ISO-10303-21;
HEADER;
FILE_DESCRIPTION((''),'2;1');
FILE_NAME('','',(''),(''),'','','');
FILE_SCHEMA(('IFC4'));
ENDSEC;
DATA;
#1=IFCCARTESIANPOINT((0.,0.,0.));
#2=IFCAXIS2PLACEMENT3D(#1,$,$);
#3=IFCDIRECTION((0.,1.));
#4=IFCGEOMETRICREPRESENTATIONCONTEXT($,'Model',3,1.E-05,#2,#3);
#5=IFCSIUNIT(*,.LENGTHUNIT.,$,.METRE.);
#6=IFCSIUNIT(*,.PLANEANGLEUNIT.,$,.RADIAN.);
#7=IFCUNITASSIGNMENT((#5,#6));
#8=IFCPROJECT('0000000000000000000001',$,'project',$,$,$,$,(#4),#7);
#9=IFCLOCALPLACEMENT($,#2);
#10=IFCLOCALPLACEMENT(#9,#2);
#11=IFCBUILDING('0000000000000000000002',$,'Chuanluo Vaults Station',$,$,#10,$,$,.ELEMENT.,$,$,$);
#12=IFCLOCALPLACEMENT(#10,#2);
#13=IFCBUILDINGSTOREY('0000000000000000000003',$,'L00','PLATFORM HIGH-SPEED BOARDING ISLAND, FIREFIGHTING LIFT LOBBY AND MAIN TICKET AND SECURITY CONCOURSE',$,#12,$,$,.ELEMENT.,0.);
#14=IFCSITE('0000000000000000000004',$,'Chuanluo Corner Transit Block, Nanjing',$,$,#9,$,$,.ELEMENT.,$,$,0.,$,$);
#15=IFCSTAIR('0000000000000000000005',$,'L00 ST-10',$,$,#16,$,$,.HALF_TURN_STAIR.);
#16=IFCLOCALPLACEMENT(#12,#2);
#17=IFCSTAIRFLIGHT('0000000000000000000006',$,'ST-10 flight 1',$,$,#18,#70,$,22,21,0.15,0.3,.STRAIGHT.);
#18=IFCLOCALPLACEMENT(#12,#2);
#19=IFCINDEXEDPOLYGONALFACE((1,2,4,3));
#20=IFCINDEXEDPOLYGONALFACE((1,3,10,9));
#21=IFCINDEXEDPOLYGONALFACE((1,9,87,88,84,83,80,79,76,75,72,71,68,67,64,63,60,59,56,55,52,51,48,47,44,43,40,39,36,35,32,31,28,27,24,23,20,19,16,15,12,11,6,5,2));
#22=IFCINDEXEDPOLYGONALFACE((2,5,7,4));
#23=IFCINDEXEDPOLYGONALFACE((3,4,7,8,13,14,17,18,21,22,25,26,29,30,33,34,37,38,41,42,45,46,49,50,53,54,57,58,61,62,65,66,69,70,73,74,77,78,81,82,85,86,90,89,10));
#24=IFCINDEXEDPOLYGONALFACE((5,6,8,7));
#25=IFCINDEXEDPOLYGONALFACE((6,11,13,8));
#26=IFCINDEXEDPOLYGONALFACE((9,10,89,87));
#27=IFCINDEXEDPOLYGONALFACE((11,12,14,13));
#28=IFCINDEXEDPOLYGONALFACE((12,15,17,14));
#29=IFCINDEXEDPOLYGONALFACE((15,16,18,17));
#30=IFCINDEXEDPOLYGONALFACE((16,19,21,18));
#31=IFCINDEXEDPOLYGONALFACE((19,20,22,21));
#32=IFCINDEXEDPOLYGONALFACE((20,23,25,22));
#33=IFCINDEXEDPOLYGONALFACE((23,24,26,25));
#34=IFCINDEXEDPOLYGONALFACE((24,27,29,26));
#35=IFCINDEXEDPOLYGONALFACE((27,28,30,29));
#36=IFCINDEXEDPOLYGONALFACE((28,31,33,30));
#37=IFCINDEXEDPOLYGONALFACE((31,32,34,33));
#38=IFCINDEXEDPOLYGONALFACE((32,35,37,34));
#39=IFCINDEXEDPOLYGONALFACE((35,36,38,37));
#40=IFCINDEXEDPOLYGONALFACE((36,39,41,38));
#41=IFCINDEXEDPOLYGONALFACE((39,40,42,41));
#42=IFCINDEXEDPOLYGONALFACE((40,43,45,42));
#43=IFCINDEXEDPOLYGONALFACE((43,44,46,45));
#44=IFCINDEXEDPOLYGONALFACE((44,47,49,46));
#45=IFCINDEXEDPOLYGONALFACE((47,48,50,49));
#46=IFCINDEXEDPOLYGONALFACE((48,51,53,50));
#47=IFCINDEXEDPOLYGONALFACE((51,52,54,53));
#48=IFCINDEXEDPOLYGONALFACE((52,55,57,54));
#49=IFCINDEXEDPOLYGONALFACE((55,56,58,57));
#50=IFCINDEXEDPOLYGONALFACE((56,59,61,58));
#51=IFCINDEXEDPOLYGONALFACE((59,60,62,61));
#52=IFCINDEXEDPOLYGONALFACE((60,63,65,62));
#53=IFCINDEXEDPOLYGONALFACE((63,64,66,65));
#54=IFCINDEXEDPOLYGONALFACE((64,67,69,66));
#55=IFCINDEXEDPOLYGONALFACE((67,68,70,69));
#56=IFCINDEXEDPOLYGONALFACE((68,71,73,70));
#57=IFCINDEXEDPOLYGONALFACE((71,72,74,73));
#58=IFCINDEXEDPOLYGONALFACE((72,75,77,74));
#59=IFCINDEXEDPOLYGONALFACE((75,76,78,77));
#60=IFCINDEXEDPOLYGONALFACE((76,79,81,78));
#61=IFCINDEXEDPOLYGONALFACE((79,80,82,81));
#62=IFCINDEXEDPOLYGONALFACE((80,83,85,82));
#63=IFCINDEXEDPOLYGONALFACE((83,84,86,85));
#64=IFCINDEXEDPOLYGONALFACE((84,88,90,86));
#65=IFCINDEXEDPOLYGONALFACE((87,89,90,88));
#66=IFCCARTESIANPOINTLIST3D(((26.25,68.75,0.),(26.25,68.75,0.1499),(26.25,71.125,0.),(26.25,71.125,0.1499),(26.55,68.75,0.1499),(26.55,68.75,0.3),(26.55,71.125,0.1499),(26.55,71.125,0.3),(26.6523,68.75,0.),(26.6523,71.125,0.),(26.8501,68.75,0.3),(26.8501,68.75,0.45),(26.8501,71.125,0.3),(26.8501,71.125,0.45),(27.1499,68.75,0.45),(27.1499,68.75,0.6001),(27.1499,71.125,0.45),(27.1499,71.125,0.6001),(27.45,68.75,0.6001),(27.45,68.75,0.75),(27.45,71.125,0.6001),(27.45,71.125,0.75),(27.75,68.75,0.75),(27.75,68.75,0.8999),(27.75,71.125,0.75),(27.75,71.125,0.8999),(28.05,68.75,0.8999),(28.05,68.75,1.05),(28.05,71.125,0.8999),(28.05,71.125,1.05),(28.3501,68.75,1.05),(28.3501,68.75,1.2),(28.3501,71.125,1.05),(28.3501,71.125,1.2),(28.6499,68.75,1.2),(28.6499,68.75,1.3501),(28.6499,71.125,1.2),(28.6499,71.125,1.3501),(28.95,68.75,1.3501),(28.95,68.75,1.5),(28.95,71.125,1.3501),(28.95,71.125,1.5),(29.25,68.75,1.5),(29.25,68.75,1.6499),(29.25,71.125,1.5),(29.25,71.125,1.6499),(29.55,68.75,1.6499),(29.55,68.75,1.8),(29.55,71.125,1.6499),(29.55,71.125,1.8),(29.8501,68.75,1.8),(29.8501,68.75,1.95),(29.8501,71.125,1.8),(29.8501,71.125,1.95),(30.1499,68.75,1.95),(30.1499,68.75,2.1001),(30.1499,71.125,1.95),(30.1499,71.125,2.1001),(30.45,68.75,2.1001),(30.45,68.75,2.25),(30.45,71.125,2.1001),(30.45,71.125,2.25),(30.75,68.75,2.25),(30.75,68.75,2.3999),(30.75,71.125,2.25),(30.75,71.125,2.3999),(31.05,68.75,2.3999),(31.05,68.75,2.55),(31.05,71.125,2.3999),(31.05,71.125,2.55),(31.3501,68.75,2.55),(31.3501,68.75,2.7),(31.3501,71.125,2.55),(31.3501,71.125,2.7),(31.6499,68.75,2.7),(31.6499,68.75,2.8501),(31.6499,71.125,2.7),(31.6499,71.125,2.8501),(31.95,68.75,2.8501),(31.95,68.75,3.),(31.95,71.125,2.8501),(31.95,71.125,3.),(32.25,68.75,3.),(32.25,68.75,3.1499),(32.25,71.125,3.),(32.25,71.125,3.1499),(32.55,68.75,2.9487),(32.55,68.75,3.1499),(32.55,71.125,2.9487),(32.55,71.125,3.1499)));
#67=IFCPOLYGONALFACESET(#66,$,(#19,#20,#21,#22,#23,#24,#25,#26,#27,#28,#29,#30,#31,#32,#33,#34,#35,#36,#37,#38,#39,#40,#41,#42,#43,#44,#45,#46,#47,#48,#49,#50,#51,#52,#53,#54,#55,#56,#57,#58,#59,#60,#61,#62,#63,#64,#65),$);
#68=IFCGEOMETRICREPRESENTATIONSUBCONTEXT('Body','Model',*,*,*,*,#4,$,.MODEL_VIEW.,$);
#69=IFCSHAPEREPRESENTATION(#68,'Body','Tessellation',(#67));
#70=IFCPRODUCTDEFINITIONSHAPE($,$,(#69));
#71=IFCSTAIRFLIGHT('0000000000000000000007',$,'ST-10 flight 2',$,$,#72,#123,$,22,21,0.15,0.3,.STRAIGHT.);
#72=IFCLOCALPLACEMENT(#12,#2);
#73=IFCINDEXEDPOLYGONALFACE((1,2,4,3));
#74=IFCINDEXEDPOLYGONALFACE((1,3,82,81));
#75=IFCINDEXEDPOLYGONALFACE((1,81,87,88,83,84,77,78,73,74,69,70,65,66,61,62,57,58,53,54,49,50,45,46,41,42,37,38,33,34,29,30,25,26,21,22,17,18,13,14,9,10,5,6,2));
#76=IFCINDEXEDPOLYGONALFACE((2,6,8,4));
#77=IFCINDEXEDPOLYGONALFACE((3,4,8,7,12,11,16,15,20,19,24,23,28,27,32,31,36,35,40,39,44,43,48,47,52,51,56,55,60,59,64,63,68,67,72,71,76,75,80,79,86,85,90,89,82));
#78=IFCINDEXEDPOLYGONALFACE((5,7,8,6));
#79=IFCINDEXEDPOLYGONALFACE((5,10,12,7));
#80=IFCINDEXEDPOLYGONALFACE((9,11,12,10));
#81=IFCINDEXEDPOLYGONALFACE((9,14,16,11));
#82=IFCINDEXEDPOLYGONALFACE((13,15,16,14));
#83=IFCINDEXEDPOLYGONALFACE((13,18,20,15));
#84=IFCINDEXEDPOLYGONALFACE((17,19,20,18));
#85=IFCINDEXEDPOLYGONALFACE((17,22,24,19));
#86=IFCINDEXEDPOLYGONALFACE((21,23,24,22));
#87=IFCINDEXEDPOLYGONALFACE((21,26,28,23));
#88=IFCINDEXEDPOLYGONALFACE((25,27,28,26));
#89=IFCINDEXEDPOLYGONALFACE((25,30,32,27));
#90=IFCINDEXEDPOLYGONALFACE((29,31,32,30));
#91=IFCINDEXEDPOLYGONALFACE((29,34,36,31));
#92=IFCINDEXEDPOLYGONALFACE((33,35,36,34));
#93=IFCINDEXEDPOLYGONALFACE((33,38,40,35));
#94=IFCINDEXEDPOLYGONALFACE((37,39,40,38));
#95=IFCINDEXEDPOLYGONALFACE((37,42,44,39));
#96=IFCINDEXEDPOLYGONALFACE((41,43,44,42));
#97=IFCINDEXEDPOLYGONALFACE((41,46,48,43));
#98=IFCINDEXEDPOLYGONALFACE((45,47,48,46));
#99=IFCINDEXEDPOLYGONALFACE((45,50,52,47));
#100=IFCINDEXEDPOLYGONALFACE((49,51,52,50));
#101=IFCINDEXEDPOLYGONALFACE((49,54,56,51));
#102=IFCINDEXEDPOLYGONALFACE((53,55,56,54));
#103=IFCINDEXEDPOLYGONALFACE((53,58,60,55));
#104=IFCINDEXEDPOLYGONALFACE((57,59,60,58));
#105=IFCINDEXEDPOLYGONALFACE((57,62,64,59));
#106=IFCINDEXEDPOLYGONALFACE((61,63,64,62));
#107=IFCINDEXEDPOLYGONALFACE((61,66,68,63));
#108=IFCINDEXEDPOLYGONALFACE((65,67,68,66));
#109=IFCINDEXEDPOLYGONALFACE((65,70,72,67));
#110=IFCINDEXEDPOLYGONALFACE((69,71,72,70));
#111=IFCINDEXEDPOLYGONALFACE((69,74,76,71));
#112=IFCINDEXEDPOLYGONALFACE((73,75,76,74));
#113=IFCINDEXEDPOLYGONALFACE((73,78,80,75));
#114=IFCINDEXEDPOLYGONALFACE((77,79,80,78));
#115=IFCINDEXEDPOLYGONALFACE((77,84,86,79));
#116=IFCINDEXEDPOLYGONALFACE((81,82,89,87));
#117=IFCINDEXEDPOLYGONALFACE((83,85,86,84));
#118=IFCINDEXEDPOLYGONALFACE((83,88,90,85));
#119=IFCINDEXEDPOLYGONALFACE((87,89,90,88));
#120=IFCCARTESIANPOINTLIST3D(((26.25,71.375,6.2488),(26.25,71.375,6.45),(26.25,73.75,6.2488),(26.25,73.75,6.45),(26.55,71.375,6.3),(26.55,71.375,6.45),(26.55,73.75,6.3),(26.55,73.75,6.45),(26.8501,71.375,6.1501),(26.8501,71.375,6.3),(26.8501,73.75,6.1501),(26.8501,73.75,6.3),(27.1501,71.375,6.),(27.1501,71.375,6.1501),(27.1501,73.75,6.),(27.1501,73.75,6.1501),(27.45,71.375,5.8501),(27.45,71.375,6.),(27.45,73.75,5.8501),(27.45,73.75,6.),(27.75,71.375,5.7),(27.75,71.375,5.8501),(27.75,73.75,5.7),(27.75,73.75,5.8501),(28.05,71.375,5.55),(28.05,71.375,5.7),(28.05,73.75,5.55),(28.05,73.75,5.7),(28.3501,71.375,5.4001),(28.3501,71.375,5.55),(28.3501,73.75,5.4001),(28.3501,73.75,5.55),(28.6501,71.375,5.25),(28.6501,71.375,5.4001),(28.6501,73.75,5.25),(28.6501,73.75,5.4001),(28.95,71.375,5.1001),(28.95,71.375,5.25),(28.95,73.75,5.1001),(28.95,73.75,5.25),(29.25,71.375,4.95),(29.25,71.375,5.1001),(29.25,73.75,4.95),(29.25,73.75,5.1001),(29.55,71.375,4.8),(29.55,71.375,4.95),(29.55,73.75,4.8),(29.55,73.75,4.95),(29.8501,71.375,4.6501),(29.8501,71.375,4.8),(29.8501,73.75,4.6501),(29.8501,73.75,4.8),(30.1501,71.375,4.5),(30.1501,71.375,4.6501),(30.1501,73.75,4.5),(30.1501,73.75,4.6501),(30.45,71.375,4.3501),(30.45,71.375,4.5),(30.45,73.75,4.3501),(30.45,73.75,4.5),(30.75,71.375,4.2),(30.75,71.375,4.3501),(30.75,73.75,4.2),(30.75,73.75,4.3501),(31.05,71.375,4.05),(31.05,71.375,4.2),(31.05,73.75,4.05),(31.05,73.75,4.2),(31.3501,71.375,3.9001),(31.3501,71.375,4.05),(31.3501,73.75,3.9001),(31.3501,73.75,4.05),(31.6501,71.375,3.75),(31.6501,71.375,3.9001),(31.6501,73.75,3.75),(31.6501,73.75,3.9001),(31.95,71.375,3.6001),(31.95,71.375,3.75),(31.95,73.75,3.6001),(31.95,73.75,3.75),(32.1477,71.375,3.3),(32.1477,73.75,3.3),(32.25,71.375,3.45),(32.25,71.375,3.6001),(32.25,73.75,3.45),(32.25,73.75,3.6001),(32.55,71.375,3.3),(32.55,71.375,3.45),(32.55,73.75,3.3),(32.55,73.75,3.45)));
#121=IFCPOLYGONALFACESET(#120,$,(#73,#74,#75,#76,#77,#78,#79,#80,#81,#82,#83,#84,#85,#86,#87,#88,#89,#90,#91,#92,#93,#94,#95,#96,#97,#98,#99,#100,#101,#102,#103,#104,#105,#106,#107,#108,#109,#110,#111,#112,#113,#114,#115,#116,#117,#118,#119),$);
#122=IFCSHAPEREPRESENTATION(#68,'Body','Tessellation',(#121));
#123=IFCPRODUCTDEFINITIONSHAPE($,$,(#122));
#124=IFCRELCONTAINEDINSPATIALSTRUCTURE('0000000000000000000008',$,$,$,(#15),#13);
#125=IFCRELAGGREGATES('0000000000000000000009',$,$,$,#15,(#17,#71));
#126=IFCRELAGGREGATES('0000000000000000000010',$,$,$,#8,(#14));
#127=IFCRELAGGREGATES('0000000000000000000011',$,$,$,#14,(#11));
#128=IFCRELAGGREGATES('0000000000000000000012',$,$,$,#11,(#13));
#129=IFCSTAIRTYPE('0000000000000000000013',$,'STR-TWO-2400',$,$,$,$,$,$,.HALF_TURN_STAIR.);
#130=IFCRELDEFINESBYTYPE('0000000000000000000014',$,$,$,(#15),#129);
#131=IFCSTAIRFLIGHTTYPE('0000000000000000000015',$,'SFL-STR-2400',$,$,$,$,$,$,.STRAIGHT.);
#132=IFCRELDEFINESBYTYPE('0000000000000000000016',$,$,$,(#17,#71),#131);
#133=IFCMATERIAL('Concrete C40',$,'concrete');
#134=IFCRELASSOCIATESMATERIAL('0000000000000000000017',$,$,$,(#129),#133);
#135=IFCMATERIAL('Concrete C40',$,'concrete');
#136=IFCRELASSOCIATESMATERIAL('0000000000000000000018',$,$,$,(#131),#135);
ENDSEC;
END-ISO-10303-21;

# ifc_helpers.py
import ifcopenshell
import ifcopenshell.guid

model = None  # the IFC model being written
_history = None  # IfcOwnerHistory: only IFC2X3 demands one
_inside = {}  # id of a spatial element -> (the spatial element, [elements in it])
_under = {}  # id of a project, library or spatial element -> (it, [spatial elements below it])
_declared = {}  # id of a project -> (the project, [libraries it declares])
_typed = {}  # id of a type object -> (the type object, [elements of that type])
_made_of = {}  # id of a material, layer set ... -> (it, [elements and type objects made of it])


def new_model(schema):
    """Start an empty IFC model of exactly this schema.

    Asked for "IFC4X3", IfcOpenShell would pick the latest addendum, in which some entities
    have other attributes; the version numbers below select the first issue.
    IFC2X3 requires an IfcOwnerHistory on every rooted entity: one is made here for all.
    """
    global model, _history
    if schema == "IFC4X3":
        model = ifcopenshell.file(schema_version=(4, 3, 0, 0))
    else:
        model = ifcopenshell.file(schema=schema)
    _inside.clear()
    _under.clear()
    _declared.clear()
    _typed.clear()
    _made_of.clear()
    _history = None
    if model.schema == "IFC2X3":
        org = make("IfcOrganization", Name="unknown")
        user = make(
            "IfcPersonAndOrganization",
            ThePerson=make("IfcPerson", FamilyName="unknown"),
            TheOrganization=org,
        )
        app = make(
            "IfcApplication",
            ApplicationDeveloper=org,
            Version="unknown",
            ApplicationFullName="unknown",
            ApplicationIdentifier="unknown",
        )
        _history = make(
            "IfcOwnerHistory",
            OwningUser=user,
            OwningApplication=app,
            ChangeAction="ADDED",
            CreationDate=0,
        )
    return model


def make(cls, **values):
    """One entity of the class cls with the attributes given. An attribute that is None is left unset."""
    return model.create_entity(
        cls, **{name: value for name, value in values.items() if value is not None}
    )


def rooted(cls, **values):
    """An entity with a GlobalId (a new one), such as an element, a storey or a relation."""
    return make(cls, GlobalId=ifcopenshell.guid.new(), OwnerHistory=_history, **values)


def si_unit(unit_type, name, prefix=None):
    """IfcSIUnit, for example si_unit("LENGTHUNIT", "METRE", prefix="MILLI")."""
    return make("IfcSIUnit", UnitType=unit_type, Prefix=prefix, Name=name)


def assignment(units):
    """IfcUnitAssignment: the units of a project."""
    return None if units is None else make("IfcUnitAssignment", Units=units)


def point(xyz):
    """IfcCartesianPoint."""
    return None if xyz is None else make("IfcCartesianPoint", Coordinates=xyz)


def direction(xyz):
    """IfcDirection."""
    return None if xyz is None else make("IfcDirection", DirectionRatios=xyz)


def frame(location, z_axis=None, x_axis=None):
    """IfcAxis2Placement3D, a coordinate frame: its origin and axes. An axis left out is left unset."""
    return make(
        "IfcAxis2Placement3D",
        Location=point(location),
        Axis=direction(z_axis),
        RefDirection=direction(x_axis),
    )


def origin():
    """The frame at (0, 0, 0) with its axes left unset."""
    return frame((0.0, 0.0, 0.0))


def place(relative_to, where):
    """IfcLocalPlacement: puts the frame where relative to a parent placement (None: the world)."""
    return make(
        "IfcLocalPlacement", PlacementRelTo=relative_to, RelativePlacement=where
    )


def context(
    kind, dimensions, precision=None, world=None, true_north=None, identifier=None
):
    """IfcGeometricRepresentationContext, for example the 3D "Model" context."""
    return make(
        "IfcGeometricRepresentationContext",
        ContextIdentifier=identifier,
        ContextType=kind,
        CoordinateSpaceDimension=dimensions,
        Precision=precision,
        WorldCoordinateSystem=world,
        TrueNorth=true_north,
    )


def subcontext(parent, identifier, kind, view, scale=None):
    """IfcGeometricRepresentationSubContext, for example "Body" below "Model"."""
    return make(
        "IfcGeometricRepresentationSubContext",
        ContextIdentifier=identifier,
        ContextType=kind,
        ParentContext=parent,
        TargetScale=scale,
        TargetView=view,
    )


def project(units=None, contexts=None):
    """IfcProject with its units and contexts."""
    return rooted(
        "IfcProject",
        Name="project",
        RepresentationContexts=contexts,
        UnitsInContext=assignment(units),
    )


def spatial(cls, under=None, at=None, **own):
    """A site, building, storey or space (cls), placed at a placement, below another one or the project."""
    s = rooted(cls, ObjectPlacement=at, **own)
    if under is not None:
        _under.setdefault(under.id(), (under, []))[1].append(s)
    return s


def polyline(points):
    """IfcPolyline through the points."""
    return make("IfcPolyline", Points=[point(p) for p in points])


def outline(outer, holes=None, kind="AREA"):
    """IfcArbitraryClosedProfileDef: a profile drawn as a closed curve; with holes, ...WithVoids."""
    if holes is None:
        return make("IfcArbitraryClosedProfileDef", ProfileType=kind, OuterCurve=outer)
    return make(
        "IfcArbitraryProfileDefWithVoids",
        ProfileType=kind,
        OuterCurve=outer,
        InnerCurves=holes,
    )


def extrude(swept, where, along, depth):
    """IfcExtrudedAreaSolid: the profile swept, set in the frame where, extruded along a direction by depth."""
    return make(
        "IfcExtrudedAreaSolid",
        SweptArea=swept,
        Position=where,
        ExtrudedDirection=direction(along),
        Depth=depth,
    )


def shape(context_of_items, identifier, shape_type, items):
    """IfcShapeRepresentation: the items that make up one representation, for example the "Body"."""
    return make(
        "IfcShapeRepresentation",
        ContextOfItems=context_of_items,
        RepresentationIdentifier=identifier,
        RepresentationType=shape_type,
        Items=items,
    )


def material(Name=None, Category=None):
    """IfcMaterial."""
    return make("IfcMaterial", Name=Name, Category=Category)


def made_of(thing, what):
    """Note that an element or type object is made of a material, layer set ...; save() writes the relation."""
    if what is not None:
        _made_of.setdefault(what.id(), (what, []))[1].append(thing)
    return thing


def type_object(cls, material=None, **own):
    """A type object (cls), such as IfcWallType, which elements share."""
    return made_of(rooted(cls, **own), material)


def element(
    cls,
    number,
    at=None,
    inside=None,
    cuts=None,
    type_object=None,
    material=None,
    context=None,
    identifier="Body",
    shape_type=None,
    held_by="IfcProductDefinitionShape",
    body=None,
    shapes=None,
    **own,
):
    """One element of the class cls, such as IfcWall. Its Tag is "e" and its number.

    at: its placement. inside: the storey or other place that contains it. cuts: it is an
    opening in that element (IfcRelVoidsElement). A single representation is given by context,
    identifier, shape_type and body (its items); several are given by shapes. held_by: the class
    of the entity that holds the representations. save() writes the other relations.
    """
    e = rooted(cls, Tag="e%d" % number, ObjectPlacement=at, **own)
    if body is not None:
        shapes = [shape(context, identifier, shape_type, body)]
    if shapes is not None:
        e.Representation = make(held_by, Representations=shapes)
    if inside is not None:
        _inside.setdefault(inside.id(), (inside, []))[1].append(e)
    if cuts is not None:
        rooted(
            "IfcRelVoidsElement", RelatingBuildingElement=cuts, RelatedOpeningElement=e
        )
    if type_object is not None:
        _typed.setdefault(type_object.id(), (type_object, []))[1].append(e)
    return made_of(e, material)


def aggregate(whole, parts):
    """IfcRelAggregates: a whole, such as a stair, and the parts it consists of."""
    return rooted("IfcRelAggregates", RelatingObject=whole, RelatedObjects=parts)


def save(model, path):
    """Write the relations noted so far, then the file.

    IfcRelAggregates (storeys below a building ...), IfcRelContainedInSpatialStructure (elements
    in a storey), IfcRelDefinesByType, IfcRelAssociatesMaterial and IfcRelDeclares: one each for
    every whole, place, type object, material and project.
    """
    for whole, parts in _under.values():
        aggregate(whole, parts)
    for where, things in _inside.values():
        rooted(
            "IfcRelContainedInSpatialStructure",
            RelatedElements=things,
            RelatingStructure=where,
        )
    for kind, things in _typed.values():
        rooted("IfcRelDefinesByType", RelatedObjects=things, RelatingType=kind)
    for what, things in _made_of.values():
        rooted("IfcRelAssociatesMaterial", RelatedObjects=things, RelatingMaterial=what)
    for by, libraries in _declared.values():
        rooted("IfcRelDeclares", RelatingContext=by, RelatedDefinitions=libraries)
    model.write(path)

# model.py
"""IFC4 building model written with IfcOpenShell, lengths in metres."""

from ifc_helpers import new_model, si_unit, direction, frame, origin, place, context, subcontext, project, spatial, polyline, outline, extrude, material, type_object, element, aggregate, save


model = new_model("IFC4")

# Units and contexts
model_context = context("Model", 3, precision=1e-05, world=origin(), true_north=direction((0.0, 1.0)))
body_context = subcontext(model_context, "Body", "Model", "MODEL_VIEW")
ifc_project = project(units=[si_unit("LENGTHUNIT", "METRE"), si_unit("PLANEANGLEUNIT", "RADIAN")], contexts=[model_context])

# Site, building, storey
site_placement = place(None, origin())
site = spatial("IfcSite", under=ifc_project, at=site_placement, Name="Chuanluo Corner Transit Block, Nanjing", CompositionType="ELEMENT", RefElevation=0.0)
building_placement = place(site_placement, origin())
building = spatial("IfcBuilding", under=site, at=building_placement, Name="Chuanluo Vaults Station", CompositionType="ELEMENT")
storey_placement = place(building_placement, origin())
storey = spatial("IfcBuildingStorey", under=building, at=storey_placement, Name="L00", Description="PLATFORM HIGH-SPEED BOARDING ISLAND, FIREFIGHTING LIFT LOBBY AND MAIN TICKET AND SECURITY CONCOURSE", CompositionType="ELEMENT", Elevation=0.0)

# Stair, stair flights
ifc_material_1 = material(Name="Concrete C40", Category="concrete")
stair_type = type_object("IfcStairType", Name="STR-TWO-2400", PredefinedType="HALF_TURN_STAIR", material=ifc_material_1)
stair_placement = place(storey_placement, origin())
stair = element("IfcStair", 1, at=stair_placement, inside=storey, type_object=stair_type, Name="L00 ST-10", PredefinedType="HALF_TURN_STAIR")
ifc_material_2 = material(Name="Concrete C40", Category="concrete")
stair_flight_type = type_object("IfcStairFlightType", Name="SFL-STR-2400", PredefinedType="STRAIGHT", material=ifc_material_2)
stair_flight_1_placement = place(storey_placement, frame((26.25, 69.9375, 0.0), z_axis=(0.0, 0.0, 1.0), x_axis=(1.0, 0.0, 0.0)))
stair_flight_1 = element("IfcStairFlight", 2, at=stair_flight_1_placement, type_object=stair_flight_type, Name="ST-10 flight 1", NumberOfRisers=22, NumberOfTreads=21, PredefinedType="STRAIGHT", RiserHeight=0.15, TreadLength=0.3, context=body_context, shape_type="SweptSolid", body=[
    extrude(outline(polyline([(0.0, 0.0), (0.0, 0.1499), (0.3, 0.1499), (0.3, 0.3), (0.6001, 0.3), (0.6001, 0.45), (0.8999, 0.45), (0.8999, 0.6001), (1.2, 0.6001), (1.2, 0.75), (1.5, 0.75), (1.5, 0.8999), (1.8, 0.8999), (1.8, 1.05), (2.1001, 1.05), (2.1001, 1.2), (2.3999, 1.2), (2.3999, 1.3501), (2.7, 1.3501), (2.7, 1.5), (3.0, 1.5), (3.0, 1.6499), (3.3, 1.6499), (3.3, 1.8), (3.6001, 1.8), (3.6001, 1.95), (3.8999, 1.95), (3.8999, 2.1001), (4.2, 2.1001), (4.2, 2.25), (4.5, 2.25), (4.5, 2.3999), (4.8, 2.3999), (4.8, 2.55), (5.1001, 2.55), (5.1001, 2.7), (5.3999, 2.7), (5.3999, 2.8501), (5.7, 2.8501), (5.7, 3.0), (6.0, 3.0), (6.0, 3.1499), (6.3, 3.1499), (6.3, 3.3), (6.3, 2.9487), (0.4023, 0.0), (0.0, 0.0)])), frame((0.0, 1.1875, 0.0), z_axis=(0.0, -1.0, 0.0), x_axis=(1.0, 0.0, 0.0)), (0.0, 0.0, 1.0), 2.375),
])
stair_flight_2_placement = place(storey_placement, frame((32.55, 72.5625, 3.3), z_axis=(0.0, 0.0, 1.0), x_axis=(-1.0, 0.0, 0.0)))
stair_flight_2 = element("IfcStairFlight", 3, at=stair_flight_2_placement, type_object=stair_flight_type, Name="ST-10 flight 2", NumberOfRisers=22, NumberOfTreads=21, PredefinedType="STRAIGHT", RiserHeight=0.15, TreadLength=0.3, context=body_context, shape_type="SweptSolid", body=[
    extrude(outline(polyline([(0.0, 0.0), (0.0, 0.1499), (0.3, 0.1499), (0.3, 0.3), (0.6001, 0.3), (0.6001, 0.45), (0.8999, 0.45), (0.8999, 0.6001), (1.2, 0.6001), (1.2, 0.75), (1.5, 0.75), (1.5, 0.8999), (1.8, 0.8999), (1.8, 1.05), (2.1001, 1.05), (2.1001, 1.2), (2.3999, 1.2), (2.3999, 1.3501), (2.7, 1.3501), (2.7, 1.5), (3.0, 1.5), (3.0, 1.6499), (3.3, 1.6499), (3.3, 1.8), (3.6001, 1.8), (3.6001, 1.95), (3.8999, 1.95), (3.8999, 2.1001), (4.2, 2.1001), (4.2, 2.25), (4.5, 2.25), (4.5, 2.3999), (4.8, 2.3999), (4.8, 2.55), (5.1001, 2.55), (5.1001, 2.7), (5.3999, 2.7), (5.3999, 2.8501), (5.7, 2.8501), (5.7, 3.0), (6.0, 3.0), (6.0, 3.1499), (6.3, 3.1499), (6.3, 3.3), (6.3, 2.9487), (0.4023, 0.0), (0.0, 0.0)])), frame((0.0, 1.1875, 0.0), z_axis=(0.0, -1.0, 0.0), x_axis=(1.0, 0.0, 0.0)), (0.0, 0.0, 1.0), 2.375),
])
aggregate(stair, [stair_flight_1, stair_flight_2])

save(model, "model.ifc")
